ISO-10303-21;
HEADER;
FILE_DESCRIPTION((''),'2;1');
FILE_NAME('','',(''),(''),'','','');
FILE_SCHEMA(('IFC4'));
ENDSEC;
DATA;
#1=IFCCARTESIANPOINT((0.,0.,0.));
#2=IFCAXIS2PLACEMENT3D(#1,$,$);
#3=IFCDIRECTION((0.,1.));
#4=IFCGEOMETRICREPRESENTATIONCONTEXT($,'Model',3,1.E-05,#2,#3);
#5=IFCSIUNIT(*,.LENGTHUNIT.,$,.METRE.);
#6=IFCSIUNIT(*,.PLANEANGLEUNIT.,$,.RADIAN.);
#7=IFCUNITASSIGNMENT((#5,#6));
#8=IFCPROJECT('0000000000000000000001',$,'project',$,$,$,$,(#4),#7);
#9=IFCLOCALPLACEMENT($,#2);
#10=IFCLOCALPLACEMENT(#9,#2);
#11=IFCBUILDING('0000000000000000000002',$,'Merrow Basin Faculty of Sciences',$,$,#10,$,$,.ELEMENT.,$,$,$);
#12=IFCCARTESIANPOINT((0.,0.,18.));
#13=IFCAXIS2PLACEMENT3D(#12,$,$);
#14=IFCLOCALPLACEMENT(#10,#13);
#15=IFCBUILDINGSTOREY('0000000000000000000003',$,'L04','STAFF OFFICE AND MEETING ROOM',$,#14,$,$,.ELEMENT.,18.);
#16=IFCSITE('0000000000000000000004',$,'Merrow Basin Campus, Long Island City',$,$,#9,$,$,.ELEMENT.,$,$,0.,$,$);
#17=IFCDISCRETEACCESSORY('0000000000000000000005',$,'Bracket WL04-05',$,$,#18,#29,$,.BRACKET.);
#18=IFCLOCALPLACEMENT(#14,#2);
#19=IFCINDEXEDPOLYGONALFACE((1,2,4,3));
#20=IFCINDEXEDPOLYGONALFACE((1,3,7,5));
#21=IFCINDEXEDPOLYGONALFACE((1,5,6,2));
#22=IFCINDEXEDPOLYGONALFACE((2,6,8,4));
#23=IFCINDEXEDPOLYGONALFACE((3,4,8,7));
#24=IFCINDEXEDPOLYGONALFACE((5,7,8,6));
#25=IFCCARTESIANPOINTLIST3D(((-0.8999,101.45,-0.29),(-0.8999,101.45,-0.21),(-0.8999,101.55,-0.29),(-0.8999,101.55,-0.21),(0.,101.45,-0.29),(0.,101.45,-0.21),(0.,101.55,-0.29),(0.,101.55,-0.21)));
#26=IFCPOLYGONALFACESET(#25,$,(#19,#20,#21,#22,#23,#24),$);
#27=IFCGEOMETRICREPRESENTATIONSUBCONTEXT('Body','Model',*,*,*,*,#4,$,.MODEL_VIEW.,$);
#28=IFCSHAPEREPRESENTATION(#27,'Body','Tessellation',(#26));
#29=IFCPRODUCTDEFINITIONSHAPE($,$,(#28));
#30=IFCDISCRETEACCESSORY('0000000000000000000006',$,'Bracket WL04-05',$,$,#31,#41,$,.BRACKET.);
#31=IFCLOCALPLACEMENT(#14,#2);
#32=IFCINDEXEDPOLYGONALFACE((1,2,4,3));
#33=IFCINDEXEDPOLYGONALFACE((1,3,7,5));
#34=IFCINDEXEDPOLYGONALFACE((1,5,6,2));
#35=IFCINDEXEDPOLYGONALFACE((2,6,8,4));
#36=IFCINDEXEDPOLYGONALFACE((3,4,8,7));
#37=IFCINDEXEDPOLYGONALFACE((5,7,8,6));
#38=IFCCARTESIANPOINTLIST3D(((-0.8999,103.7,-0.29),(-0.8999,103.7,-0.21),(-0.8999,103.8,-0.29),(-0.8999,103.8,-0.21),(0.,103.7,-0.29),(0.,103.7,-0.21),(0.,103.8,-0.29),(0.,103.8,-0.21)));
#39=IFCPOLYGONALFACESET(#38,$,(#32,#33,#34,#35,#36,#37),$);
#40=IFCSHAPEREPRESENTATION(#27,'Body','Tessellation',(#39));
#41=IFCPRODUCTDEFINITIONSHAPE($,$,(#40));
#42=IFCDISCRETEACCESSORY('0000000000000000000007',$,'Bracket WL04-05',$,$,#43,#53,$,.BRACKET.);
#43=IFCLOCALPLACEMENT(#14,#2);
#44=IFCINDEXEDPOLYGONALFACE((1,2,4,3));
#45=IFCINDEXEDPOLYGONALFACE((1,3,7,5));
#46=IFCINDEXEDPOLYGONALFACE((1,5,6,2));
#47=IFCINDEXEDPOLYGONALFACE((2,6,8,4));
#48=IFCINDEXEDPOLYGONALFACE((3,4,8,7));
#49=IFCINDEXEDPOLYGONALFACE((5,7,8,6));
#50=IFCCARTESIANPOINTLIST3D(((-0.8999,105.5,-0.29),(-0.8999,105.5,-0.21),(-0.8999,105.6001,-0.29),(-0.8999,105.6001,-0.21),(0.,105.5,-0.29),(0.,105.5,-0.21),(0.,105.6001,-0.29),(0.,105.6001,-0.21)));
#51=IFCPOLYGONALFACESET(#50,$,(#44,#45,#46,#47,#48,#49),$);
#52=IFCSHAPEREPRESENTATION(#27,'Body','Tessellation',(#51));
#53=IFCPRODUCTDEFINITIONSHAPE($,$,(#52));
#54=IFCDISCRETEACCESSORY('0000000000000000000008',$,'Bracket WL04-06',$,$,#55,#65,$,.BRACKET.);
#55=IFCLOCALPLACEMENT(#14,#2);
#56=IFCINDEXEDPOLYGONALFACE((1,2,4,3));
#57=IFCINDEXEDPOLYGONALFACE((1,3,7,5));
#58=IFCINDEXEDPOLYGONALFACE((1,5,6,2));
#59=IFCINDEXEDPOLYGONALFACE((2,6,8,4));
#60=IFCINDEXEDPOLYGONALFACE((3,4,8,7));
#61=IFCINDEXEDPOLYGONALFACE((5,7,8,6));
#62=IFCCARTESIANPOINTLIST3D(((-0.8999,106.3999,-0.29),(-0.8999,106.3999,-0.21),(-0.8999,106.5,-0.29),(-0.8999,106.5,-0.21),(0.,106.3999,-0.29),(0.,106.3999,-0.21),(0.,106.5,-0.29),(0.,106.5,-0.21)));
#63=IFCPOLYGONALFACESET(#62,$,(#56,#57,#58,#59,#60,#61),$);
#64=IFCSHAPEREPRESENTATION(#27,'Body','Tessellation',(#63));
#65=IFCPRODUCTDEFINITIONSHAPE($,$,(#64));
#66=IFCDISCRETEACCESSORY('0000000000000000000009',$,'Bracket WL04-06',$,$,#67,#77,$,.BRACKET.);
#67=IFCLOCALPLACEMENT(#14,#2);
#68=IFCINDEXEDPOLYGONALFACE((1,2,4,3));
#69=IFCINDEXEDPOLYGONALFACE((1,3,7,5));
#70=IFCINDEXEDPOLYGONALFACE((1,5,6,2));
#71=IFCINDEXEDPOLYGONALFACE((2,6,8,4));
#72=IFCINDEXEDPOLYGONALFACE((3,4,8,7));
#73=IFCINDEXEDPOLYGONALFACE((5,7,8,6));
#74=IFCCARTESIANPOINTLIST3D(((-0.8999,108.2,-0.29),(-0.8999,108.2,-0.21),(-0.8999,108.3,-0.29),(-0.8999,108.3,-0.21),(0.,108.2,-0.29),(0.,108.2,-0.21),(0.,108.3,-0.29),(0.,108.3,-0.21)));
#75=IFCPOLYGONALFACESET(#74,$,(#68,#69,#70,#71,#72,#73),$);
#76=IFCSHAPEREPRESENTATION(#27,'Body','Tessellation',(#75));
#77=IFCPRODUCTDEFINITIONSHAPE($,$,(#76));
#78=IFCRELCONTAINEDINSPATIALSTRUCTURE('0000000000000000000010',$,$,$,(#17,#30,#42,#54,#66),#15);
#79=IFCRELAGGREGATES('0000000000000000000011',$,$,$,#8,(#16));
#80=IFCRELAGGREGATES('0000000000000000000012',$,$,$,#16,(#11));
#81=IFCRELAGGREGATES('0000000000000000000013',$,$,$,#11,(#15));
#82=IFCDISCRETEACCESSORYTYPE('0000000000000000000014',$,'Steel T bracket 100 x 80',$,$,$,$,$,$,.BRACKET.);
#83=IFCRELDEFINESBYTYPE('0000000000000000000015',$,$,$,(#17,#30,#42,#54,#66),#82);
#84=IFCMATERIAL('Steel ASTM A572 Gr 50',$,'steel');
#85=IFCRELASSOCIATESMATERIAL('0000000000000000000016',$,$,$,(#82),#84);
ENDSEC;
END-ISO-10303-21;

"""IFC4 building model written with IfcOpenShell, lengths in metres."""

from ifc_helpers import new_model, si_unit, direction, frame, origin, place, context, subcontext, project, spatial, polyline, outline, extrude, source, transform, mapped, material, type_object, element, save


model = new_model("IFC4")

# Units and contexts
model_context = context("Model", 3, precision=1e-05, world=origin(), true_north=direction((0.0, 1.0)))
body_context = subcontext(model_context, "Body", "Model", "MODEL_VIEW")
ifc_project = project(units=[si_unit("LENGTHUNIT", "METRE"), si_unit("PLANEANGLEUNIT", "RADIAN")], contexts=[model_context])

# Site, building, storey
site_placement = place(None, origin())
site = spatial("IfcSite", under=ifc_project, at=site_placement, Name="Merrow Basin Campus, Long Island City", CompositionType="ELEMENT", RefElevation=0.0)
building_placement = place(site_placement, origin())
building = spatial("IfcBuilding", under=site, at=building_placement, Name="Merrow Basin Faculty of Sciences", CompositionType="ELEMENT")
storey_placement = place(building_placement, frame((0.0, 0.0, 18.0)))
storey = spatial("IfcBuildingStorey", under=building, at=storey_placement, Name="L04", Description="STAFF OFFICE AND MEETING ROOM", CompositionType="ELEMENT", Elevation=18.0)

# Discrete accessories
ifc_material_1 = material(Name="Steel ASTM A572 Gr 50", Category="steel")
discrete_accessory_type = type_object("IfcDiscreteAccessoryType", Name="Steel T bracket 100 x 80", PredefinedType="BRACKET", material=ifc_material_1)
shared_shape_1 = source(origin(), body_context, "Body", "SweptSolid", [
    extrude(outline(polyline([(0.0, 0.0), (0.1001, 0.0), (0.1001, 0.0801), (0.0, 0.0801), (0.0, 0.0)])), origin(), (0.0, 0.0, 1.0), 0.8999),
])
for number, where, z_axis, x_axis, name in (
    (1, (-0.8999, 101.45, -0.29), (1.0, 0.0, 0.0), (0.0, 1.0, 0.0), "Bracket WL04-05"),
    (2, (-0.8999, 103.7, -0.29), (1.0, 0.0, 0.0), (0.0, 1.0, 0.0), "Bracket WL04-05"),
    (3, (-0.8999, 105.5, -0.29), (1.0, 0.0, 0.0), (0.0, 1.0, 0.0), "Bracket WL04-05"),
    (4, (-0.8999, 106.3999, -0.29), (1.0, 0.0, 0.0), (0.0, 1.0, 0.0), "Bracket WL04-06"),
    (5, (-0.8999, 108.2, -0.29), (1.0, 0.0, 0.0), (0.0, 1.0, 0.0), "Bracket WL04-06"),
):
    element("IfcDiscreteAccessory", number, at=place(storey_placement, frame(where, z_axis=z_axis, x_axis=x_axis)), inside=storey, type_object=discrete_accessory_type, Name=name, PredefinedType="BRACKET", context=body_context, shape_type="MappedRepresentation", body=[
        mapped(shared_shape_1, transform((0.0, 0.0, 0.0), scale=1.0)),
    ])

save(model, "model.ifc")
